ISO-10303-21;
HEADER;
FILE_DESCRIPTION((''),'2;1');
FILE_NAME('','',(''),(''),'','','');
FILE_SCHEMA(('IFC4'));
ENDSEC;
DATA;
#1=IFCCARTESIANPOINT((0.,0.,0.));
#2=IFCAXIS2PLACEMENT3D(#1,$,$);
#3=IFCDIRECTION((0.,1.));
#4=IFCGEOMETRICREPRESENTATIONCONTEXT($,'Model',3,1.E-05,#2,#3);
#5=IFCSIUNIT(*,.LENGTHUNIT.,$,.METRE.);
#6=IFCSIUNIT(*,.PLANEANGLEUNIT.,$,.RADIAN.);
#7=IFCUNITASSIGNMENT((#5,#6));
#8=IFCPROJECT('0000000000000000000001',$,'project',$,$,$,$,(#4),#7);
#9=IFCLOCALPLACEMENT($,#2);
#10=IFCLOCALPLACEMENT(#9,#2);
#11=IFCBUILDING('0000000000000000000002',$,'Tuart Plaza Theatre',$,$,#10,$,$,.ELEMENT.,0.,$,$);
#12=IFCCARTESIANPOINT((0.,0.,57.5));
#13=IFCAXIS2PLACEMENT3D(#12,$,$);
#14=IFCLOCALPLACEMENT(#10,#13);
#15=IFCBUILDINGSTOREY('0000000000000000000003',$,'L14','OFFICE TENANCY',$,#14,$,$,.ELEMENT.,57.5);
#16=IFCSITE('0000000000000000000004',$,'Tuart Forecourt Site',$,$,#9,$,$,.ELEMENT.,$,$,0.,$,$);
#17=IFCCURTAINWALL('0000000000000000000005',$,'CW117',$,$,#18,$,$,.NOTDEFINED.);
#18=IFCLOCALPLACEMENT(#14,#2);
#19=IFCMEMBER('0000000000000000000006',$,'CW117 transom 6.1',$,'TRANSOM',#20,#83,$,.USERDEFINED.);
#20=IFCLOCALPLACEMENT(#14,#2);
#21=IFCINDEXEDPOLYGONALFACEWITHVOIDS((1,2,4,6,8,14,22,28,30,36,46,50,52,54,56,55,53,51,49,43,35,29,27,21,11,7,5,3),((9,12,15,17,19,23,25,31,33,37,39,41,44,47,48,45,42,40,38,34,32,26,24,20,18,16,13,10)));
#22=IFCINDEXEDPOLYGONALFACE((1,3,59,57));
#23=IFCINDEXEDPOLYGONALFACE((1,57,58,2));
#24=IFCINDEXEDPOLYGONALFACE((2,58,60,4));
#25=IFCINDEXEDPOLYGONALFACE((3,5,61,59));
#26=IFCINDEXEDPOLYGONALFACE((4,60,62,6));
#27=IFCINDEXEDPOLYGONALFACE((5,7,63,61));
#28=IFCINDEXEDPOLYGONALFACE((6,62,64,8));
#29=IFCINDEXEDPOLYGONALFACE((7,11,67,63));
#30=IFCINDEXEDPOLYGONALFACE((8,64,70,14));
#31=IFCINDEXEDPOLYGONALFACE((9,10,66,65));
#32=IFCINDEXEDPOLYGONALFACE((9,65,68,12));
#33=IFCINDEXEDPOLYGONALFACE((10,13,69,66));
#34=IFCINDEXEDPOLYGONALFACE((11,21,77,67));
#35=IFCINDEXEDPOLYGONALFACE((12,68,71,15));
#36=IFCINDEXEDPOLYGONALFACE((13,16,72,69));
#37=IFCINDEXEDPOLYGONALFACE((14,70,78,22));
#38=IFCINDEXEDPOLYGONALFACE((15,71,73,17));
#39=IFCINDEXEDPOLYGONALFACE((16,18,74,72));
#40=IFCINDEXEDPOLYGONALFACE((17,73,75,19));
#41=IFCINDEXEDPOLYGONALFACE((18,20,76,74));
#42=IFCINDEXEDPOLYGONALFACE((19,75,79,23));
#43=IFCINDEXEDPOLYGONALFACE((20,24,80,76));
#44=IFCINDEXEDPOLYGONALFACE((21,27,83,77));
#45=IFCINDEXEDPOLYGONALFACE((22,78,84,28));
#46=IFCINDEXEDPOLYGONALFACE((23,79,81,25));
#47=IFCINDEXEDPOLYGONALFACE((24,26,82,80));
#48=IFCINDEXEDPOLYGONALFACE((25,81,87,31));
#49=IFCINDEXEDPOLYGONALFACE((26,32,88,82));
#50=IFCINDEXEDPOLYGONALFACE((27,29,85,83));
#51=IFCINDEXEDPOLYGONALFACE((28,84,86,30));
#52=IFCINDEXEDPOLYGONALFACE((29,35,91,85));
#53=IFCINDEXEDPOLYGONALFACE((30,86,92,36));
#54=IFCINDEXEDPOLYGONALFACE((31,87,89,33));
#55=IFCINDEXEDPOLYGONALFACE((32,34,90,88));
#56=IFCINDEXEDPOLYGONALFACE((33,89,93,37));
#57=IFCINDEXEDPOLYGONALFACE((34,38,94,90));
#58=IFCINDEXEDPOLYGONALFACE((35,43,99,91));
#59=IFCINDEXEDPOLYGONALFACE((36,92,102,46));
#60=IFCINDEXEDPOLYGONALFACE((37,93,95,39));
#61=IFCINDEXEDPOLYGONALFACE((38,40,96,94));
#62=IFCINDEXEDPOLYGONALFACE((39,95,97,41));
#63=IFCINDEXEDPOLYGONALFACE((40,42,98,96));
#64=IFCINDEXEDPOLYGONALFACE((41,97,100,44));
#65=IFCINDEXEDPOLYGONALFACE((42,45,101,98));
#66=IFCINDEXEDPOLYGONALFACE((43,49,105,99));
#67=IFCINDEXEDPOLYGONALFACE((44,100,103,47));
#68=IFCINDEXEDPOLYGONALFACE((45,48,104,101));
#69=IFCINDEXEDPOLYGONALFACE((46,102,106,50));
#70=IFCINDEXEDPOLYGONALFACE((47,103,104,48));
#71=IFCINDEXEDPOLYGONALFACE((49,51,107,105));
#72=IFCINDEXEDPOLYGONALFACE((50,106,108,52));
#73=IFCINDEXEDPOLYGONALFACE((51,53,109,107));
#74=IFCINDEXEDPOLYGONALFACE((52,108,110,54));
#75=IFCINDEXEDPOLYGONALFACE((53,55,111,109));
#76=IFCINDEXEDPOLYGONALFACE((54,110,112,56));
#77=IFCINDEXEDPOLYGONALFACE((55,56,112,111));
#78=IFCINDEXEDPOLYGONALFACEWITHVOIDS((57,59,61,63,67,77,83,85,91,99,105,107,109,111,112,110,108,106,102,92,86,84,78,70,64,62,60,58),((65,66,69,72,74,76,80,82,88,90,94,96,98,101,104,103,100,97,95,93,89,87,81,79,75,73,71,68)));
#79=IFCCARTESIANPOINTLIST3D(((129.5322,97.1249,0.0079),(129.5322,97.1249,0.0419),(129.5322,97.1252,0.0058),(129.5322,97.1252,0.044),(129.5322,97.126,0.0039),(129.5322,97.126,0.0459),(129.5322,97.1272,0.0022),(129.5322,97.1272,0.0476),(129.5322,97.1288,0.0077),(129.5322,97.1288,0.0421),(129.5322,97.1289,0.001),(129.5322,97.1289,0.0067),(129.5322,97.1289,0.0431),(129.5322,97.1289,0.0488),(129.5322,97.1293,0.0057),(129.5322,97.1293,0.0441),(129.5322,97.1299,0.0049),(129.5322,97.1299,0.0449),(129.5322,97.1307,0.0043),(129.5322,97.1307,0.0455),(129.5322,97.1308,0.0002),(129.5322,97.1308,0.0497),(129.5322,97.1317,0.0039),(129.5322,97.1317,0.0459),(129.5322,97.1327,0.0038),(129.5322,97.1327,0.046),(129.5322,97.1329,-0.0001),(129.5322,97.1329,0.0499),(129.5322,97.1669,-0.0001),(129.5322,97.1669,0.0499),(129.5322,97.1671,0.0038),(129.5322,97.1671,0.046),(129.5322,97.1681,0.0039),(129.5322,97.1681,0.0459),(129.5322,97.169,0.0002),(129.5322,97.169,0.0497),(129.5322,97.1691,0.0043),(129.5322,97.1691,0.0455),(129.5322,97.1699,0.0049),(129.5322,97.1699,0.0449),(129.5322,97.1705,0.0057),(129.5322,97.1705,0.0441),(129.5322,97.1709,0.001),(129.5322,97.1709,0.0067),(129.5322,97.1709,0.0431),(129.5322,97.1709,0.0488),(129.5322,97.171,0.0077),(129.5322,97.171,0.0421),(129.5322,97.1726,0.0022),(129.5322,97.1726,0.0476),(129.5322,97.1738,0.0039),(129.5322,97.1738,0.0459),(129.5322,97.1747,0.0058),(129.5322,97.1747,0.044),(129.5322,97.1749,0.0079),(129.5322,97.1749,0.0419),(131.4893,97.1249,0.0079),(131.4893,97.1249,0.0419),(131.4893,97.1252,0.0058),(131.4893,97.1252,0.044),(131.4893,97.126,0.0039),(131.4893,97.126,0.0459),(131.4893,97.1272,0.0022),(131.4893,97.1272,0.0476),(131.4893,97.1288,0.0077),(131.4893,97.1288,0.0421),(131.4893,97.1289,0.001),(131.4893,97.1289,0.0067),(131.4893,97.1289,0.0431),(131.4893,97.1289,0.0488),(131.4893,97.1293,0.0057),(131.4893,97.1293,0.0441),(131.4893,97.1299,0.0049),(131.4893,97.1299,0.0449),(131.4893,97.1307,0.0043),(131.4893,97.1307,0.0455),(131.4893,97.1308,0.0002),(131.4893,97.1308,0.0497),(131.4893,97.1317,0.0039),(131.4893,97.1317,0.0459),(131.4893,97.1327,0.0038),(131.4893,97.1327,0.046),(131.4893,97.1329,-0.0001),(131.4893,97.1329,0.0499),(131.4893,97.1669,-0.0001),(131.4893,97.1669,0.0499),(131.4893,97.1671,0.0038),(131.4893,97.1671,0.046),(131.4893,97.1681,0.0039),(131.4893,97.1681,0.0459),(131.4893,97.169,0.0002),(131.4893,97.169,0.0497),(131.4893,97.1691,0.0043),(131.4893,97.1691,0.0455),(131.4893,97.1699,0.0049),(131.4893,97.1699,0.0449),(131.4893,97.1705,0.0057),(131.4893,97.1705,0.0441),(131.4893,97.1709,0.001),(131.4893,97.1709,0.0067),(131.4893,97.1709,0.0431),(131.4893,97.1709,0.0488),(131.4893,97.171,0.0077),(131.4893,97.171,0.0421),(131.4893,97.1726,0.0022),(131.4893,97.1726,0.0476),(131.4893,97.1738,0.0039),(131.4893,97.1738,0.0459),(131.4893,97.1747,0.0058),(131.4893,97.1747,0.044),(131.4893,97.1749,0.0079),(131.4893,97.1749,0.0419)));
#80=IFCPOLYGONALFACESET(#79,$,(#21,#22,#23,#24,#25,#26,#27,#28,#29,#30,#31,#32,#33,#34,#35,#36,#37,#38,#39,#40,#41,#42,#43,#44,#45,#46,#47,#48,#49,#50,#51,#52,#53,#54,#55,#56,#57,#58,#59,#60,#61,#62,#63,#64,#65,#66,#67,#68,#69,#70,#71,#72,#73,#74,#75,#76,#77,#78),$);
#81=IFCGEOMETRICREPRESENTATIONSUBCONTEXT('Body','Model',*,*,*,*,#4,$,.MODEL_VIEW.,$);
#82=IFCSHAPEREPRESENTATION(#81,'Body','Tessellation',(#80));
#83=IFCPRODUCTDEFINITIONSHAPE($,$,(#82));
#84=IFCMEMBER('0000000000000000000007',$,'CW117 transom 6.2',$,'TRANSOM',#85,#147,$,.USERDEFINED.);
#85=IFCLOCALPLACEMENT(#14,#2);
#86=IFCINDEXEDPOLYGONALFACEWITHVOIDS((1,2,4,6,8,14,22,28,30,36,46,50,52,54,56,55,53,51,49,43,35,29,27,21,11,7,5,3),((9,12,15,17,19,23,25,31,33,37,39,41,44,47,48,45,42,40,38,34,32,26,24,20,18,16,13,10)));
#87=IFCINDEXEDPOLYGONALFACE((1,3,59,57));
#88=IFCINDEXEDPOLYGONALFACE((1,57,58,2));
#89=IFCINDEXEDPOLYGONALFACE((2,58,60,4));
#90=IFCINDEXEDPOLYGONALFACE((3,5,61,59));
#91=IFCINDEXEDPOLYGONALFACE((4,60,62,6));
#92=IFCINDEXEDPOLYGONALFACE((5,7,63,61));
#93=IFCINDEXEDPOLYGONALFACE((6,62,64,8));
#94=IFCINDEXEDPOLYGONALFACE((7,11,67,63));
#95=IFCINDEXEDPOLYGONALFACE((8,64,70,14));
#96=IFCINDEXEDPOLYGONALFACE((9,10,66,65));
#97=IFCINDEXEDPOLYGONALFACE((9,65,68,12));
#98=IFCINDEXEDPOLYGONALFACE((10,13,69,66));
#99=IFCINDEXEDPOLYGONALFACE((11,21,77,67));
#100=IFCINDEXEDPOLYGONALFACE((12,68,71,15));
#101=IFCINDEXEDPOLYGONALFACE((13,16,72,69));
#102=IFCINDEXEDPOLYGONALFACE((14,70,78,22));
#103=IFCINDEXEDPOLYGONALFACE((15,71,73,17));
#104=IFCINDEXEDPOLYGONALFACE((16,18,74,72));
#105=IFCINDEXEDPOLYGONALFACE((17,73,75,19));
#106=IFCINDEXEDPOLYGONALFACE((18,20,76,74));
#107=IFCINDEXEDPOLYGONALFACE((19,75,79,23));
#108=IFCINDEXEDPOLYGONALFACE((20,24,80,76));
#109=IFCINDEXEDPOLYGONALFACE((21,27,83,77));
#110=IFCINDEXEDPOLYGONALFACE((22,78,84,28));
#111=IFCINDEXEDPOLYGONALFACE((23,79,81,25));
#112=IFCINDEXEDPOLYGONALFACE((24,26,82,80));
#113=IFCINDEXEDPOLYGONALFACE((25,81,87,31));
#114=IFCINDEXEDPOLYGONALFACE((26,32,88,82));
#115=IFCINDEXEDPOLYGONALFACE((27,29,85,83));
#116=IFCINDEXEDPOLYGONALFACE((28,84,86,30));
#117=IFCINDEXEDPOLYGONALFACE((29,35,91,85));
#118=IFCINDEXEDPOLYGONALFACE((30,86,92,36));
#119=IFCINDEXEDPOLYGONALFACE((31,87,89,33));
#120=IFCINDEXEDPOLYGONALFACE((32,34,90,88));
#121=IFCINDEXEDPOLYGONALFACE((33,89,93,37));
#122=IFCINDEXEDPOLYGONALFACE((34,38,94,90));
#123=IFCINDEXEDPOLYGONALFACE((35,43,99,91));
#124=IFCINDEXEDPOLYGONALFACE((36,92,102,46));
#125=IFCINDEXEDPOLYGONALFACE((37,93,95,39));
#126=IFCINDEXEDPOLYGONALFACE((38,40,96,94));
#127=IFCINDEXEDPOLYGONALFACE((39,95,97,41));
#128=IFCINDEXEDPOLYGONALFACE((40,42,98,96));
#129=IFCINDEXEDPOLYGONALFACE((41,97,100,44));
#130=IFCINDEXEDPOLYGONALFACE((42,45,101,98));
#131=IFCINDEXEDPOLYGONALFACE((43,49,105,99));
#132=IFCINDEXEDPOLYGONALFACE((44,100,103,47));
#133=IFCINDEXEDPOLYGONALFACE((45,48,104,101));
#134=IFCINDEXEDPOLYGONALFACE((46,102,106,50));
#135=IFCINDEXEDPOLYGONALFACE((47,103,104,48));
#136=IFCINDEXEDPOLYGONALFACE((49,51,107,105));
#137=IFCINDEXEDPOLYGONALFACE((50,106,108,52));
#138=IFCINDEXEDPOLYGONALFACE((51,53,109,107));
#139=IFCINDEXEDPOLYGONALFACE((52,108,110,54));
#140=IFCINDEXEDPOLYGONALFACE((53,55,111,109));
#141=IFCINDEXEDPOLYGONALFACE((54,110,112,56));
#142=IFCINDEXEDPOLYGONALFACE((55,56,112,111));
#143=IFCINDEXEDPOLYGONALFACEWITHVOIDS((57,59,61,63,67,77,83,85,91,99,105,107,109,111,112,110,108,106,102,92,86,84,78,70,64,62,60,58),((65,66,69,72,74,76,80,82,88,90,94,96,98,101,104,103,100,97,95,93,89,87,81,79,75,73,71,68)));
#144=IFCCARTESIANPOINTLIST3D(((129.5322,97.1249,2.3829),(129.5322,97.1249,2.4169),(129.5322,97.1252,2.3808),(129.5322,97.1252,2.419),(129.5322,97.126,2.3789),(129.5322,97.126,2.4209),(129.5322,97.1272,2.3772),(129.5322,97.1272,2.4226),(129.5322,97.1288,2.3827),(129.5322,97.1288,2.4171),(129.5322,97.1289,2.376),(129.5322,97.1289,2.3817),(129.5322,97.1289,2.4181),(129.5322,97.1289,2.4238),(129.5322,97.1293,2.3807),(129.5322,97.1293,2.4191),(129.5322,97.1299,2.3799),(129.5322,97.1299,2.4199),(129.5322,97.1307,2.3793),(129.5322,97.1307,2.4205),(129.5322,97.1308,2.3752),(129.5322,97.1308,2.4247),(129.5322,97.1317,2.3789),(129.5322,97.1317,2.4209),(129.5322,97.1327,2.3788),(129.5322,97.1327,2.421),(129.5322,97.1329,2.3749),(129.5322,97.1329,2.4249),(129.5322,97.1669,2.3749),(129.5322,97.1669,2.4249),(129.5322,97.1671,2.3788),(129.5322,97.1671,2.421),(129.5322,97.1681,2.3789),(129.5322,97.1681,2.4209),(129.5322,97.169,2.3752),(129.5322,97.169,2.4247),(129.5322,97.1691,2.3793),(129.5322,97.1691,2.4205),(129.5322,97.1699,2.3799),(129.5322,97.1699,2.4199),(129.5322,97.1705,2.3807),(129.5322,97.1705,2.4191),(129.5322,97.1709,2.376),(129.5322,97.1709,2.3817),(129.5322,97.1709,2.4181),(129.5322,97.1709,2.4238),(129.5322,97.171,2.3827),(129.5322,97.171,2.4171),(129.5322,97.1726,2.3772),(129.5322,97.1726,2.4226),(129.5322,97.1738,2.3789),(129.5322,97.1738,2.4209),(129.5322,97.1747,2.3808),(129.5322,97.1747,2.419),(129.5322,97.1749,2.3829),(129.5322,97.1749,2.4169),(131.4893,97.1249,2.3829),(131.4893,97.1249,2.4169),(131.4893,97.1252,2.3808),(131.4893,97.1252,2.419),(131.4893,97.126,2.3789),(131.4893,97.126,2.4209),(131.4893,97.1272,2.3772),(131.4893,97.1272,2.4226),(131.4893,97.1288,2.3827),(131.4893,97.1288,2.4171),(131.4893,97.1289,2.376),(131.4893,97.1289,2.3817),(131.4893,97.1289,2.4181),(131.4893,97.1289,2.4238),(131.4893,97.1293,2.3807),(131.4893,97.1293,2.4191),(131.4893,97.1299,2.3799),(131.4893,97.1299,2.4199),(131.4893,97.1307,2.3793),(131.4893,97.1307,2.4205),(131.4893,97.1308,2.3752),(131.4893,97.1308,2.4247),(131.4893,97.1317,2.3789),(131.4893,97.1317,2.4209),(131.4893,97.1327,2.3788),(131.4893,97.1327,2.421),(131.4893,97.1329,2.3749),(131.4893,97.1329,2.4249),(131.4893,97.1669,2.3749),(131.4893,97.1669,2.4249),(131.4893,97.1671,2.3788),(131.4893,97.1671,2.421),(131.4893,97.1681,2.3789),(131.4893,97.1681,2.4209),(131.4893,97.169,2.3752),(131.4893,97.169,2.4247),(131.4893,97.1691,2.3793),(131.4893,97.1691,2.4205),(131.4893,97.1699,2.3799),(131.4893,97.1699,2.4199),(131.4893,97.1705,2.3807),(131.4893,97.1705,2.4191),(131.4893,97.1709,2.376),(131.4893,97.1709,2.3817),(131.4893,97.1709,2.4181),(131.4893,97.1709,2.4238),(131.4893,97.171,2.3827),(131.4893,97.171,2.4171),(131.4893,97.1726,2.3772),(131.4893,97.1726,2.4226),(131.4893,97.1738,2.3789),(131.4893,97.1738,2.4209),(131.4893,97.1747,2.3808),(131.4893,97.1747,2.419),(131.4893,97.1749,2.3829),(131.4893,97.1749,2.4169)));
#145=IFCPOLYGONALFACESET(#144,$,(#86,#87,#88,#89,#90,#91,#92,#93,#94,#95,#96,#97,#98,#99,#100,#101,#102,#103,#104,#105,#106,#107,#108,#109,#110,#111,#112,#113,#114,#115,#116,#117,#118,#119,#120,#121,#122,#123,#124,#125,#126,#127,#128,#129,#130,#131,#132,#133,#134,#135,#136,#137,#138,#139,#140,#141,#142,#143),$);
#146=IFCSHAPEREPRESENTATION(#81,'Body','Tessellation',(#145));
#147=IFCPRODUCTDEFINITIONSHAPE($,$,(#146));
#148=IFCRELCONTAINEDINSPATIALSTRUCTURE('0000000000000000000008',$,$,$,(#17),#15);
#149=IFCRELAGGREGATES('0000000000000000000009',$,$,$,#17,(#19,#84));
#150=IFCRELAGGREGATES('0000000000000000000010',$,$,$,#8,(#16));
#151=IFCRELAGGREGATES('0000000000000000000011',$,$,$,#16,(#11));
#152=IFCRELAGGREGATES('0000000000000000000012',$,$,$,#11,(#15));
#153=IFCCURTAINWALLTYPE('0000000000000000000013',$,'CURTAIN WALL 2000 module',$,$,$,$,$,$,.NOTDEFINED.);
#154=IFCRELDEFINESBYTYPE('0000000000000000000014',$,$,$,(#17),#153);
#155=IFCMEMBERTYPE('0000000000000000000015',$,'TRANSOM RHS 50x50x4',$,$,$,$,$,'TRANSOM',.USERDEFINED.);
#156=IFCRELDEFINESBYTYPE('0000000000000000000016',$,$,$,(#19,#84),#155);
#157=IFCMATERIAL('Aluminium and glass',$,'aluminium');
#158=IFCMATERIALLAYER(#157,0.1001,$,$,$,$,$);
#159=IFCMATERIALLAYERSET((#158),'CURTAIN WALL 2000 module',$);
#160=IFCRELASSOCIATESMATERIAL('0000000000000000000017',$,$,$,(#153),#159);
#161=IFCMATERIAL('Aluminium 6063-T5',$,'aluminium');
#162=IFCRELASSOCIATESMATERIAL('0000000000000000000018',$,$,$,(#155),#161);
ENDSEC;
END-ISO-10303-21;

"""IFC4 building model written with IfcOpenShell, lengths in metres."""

from ifc_helpers import new_model, si_unit, direction, frame, origin, origin_2d, place, context, subcontext, project, spatial, hollow_rectangle, extrude, material, layer, layer_set, material_profile, profile_set, type_object, element, aggregate, save


model = new_model("IFC4")

# Units and contexts
model_context = context("Model", 3, precision=1e-05, world=origin(), true_north=direction((0.0, 1.0)))
body_context = subcontext(model_context, "Body", "Model", "MODEL_VIEW")
ifc_project = project(units=[si_unit("LENGTHUNIT", "METRE"), si_unit("PLANEANGLEUNIT", "RADIAN")], contexts=[model_context])

# Site, building, storey
site_placement = place(None, origin())
site = spatial("IfcSite", under=ifc_project, at=site_placement, Name="Tuart Forecourt Site", CompositionType="ELEMENT", RefElevation=0.0)
building_placement = place(site_placement, origin())
building = spatial("IfcBuilding", under=site, at=building_placement, Name="Tuart Plaza Theatre", CompositionType="ELEMENT", ElevationOfRefHeight=0.0)
storey_placement = place(building_placement, frame((0.0, 0.0, 57.5)))
storey = spatial("IfcBuildingStorey", under=building, at=storey_placement, Name="L14", Description="OFFICE TENANCY", CompositionType="ELEMENT", Elevation=57.5)

# Curtain wall, members
ifc_material_1 = material(Name="Aluminium and glass", Category="aluminium")
ifc_layer_1 = layer(ifc_material_1, 0.1001)
ifc_layer_set_1 = layer_set([ifc_layer_1], Name="CURTAIN WALL 2000 module")
curtain_wall_type = type_object("IfcCurtainWallType", Name="CURTAIN WALL 2000 module", PredefinedType="NOTDEFINED", material=ifc_layer_set_1)
curtain_wall_placement = place(storey_placement, origin())
curtain_wall = element("IfcCurtainWall", 1, at=curtain_wall_placement, inside=storey, type_object=curtain_wall_type, Name="CW117", PredefinedType="NOTDEFINED")
ifc_material_2 = material(Name="Aluminium 6063-T5", Category="aluminium")
ifc_material_profile_1 = material_profile(ifc_material_2, hollow_rectangle(XDim=0.05, YDim=0.05, WallThickness=0.0039, InnerFilletRadius=0.0039, OuterFilletRadius=0.0081, at=origin_2d()), Name="RHS 50x50x4")
ifc_profile_set_1 = profile_set([ifc_material_profile_1], Name="Aluminium 6063-T5")
member_type_1 = type_object("IfcMemberType", Name="TRANSOM RHS 50x50x4", ElementType="TRANSOM", PredefinedType="USERDEFINED", material=ifc_profile_set_1)
member_1_placement = place(storey_placement, frame((131.4893, 97.1499, 0.0249), z_axis=(-1.0, 0.0, 0.0), x_axis=(0.0, -1.0, 0.0)))
member_1 = element("IfcMember", 2, at=member_1_placement, type_object=member_type_1, Name="CW117 transom 6.1", ObjectType="TRANSOM", PredefinedType="USERDEFINED", context=body_context, shape_type="SweptSolid", body=[
    extrude(hollow_rectangle(XDim=0.05, YDim=0.05, WallThickness=0.0039, InnerFilletRadius=0.0039, OuterFilletRadius=0.0081, at=origin_2d()), origin(), (0.0, 0.0, 1.0), 1.957),
])
member_2_placement = place(storey_placement, frame((131.4893, 97.1499, 2.3999), z_axis=(-1.0, 0.0, 0.0), x_axis=(0.0, -1.0, 0.0)))
member_2 = element("IfcMember", 3, at=member_2_placement, type_object=member_type_1, Name="CW117 transom 6.2", ObjectType="TRANSOM", PredefinedType="USERDEFINED", context=body_context, shape_type="SweptSolid", body=[
    extrude(hollow_rectangle(XDim=0.05, YDim=0.05, WallThickness=0.0039, InnerFilletRadius=0.0039, OuterFilletRadius=0.0081, at=origin_2d()), origin(), (0.0, 0.0, 1.0), 1.957),
])
aggregate(curtain_wall, [member_1, member_2])

save(model, "model.ifc")
